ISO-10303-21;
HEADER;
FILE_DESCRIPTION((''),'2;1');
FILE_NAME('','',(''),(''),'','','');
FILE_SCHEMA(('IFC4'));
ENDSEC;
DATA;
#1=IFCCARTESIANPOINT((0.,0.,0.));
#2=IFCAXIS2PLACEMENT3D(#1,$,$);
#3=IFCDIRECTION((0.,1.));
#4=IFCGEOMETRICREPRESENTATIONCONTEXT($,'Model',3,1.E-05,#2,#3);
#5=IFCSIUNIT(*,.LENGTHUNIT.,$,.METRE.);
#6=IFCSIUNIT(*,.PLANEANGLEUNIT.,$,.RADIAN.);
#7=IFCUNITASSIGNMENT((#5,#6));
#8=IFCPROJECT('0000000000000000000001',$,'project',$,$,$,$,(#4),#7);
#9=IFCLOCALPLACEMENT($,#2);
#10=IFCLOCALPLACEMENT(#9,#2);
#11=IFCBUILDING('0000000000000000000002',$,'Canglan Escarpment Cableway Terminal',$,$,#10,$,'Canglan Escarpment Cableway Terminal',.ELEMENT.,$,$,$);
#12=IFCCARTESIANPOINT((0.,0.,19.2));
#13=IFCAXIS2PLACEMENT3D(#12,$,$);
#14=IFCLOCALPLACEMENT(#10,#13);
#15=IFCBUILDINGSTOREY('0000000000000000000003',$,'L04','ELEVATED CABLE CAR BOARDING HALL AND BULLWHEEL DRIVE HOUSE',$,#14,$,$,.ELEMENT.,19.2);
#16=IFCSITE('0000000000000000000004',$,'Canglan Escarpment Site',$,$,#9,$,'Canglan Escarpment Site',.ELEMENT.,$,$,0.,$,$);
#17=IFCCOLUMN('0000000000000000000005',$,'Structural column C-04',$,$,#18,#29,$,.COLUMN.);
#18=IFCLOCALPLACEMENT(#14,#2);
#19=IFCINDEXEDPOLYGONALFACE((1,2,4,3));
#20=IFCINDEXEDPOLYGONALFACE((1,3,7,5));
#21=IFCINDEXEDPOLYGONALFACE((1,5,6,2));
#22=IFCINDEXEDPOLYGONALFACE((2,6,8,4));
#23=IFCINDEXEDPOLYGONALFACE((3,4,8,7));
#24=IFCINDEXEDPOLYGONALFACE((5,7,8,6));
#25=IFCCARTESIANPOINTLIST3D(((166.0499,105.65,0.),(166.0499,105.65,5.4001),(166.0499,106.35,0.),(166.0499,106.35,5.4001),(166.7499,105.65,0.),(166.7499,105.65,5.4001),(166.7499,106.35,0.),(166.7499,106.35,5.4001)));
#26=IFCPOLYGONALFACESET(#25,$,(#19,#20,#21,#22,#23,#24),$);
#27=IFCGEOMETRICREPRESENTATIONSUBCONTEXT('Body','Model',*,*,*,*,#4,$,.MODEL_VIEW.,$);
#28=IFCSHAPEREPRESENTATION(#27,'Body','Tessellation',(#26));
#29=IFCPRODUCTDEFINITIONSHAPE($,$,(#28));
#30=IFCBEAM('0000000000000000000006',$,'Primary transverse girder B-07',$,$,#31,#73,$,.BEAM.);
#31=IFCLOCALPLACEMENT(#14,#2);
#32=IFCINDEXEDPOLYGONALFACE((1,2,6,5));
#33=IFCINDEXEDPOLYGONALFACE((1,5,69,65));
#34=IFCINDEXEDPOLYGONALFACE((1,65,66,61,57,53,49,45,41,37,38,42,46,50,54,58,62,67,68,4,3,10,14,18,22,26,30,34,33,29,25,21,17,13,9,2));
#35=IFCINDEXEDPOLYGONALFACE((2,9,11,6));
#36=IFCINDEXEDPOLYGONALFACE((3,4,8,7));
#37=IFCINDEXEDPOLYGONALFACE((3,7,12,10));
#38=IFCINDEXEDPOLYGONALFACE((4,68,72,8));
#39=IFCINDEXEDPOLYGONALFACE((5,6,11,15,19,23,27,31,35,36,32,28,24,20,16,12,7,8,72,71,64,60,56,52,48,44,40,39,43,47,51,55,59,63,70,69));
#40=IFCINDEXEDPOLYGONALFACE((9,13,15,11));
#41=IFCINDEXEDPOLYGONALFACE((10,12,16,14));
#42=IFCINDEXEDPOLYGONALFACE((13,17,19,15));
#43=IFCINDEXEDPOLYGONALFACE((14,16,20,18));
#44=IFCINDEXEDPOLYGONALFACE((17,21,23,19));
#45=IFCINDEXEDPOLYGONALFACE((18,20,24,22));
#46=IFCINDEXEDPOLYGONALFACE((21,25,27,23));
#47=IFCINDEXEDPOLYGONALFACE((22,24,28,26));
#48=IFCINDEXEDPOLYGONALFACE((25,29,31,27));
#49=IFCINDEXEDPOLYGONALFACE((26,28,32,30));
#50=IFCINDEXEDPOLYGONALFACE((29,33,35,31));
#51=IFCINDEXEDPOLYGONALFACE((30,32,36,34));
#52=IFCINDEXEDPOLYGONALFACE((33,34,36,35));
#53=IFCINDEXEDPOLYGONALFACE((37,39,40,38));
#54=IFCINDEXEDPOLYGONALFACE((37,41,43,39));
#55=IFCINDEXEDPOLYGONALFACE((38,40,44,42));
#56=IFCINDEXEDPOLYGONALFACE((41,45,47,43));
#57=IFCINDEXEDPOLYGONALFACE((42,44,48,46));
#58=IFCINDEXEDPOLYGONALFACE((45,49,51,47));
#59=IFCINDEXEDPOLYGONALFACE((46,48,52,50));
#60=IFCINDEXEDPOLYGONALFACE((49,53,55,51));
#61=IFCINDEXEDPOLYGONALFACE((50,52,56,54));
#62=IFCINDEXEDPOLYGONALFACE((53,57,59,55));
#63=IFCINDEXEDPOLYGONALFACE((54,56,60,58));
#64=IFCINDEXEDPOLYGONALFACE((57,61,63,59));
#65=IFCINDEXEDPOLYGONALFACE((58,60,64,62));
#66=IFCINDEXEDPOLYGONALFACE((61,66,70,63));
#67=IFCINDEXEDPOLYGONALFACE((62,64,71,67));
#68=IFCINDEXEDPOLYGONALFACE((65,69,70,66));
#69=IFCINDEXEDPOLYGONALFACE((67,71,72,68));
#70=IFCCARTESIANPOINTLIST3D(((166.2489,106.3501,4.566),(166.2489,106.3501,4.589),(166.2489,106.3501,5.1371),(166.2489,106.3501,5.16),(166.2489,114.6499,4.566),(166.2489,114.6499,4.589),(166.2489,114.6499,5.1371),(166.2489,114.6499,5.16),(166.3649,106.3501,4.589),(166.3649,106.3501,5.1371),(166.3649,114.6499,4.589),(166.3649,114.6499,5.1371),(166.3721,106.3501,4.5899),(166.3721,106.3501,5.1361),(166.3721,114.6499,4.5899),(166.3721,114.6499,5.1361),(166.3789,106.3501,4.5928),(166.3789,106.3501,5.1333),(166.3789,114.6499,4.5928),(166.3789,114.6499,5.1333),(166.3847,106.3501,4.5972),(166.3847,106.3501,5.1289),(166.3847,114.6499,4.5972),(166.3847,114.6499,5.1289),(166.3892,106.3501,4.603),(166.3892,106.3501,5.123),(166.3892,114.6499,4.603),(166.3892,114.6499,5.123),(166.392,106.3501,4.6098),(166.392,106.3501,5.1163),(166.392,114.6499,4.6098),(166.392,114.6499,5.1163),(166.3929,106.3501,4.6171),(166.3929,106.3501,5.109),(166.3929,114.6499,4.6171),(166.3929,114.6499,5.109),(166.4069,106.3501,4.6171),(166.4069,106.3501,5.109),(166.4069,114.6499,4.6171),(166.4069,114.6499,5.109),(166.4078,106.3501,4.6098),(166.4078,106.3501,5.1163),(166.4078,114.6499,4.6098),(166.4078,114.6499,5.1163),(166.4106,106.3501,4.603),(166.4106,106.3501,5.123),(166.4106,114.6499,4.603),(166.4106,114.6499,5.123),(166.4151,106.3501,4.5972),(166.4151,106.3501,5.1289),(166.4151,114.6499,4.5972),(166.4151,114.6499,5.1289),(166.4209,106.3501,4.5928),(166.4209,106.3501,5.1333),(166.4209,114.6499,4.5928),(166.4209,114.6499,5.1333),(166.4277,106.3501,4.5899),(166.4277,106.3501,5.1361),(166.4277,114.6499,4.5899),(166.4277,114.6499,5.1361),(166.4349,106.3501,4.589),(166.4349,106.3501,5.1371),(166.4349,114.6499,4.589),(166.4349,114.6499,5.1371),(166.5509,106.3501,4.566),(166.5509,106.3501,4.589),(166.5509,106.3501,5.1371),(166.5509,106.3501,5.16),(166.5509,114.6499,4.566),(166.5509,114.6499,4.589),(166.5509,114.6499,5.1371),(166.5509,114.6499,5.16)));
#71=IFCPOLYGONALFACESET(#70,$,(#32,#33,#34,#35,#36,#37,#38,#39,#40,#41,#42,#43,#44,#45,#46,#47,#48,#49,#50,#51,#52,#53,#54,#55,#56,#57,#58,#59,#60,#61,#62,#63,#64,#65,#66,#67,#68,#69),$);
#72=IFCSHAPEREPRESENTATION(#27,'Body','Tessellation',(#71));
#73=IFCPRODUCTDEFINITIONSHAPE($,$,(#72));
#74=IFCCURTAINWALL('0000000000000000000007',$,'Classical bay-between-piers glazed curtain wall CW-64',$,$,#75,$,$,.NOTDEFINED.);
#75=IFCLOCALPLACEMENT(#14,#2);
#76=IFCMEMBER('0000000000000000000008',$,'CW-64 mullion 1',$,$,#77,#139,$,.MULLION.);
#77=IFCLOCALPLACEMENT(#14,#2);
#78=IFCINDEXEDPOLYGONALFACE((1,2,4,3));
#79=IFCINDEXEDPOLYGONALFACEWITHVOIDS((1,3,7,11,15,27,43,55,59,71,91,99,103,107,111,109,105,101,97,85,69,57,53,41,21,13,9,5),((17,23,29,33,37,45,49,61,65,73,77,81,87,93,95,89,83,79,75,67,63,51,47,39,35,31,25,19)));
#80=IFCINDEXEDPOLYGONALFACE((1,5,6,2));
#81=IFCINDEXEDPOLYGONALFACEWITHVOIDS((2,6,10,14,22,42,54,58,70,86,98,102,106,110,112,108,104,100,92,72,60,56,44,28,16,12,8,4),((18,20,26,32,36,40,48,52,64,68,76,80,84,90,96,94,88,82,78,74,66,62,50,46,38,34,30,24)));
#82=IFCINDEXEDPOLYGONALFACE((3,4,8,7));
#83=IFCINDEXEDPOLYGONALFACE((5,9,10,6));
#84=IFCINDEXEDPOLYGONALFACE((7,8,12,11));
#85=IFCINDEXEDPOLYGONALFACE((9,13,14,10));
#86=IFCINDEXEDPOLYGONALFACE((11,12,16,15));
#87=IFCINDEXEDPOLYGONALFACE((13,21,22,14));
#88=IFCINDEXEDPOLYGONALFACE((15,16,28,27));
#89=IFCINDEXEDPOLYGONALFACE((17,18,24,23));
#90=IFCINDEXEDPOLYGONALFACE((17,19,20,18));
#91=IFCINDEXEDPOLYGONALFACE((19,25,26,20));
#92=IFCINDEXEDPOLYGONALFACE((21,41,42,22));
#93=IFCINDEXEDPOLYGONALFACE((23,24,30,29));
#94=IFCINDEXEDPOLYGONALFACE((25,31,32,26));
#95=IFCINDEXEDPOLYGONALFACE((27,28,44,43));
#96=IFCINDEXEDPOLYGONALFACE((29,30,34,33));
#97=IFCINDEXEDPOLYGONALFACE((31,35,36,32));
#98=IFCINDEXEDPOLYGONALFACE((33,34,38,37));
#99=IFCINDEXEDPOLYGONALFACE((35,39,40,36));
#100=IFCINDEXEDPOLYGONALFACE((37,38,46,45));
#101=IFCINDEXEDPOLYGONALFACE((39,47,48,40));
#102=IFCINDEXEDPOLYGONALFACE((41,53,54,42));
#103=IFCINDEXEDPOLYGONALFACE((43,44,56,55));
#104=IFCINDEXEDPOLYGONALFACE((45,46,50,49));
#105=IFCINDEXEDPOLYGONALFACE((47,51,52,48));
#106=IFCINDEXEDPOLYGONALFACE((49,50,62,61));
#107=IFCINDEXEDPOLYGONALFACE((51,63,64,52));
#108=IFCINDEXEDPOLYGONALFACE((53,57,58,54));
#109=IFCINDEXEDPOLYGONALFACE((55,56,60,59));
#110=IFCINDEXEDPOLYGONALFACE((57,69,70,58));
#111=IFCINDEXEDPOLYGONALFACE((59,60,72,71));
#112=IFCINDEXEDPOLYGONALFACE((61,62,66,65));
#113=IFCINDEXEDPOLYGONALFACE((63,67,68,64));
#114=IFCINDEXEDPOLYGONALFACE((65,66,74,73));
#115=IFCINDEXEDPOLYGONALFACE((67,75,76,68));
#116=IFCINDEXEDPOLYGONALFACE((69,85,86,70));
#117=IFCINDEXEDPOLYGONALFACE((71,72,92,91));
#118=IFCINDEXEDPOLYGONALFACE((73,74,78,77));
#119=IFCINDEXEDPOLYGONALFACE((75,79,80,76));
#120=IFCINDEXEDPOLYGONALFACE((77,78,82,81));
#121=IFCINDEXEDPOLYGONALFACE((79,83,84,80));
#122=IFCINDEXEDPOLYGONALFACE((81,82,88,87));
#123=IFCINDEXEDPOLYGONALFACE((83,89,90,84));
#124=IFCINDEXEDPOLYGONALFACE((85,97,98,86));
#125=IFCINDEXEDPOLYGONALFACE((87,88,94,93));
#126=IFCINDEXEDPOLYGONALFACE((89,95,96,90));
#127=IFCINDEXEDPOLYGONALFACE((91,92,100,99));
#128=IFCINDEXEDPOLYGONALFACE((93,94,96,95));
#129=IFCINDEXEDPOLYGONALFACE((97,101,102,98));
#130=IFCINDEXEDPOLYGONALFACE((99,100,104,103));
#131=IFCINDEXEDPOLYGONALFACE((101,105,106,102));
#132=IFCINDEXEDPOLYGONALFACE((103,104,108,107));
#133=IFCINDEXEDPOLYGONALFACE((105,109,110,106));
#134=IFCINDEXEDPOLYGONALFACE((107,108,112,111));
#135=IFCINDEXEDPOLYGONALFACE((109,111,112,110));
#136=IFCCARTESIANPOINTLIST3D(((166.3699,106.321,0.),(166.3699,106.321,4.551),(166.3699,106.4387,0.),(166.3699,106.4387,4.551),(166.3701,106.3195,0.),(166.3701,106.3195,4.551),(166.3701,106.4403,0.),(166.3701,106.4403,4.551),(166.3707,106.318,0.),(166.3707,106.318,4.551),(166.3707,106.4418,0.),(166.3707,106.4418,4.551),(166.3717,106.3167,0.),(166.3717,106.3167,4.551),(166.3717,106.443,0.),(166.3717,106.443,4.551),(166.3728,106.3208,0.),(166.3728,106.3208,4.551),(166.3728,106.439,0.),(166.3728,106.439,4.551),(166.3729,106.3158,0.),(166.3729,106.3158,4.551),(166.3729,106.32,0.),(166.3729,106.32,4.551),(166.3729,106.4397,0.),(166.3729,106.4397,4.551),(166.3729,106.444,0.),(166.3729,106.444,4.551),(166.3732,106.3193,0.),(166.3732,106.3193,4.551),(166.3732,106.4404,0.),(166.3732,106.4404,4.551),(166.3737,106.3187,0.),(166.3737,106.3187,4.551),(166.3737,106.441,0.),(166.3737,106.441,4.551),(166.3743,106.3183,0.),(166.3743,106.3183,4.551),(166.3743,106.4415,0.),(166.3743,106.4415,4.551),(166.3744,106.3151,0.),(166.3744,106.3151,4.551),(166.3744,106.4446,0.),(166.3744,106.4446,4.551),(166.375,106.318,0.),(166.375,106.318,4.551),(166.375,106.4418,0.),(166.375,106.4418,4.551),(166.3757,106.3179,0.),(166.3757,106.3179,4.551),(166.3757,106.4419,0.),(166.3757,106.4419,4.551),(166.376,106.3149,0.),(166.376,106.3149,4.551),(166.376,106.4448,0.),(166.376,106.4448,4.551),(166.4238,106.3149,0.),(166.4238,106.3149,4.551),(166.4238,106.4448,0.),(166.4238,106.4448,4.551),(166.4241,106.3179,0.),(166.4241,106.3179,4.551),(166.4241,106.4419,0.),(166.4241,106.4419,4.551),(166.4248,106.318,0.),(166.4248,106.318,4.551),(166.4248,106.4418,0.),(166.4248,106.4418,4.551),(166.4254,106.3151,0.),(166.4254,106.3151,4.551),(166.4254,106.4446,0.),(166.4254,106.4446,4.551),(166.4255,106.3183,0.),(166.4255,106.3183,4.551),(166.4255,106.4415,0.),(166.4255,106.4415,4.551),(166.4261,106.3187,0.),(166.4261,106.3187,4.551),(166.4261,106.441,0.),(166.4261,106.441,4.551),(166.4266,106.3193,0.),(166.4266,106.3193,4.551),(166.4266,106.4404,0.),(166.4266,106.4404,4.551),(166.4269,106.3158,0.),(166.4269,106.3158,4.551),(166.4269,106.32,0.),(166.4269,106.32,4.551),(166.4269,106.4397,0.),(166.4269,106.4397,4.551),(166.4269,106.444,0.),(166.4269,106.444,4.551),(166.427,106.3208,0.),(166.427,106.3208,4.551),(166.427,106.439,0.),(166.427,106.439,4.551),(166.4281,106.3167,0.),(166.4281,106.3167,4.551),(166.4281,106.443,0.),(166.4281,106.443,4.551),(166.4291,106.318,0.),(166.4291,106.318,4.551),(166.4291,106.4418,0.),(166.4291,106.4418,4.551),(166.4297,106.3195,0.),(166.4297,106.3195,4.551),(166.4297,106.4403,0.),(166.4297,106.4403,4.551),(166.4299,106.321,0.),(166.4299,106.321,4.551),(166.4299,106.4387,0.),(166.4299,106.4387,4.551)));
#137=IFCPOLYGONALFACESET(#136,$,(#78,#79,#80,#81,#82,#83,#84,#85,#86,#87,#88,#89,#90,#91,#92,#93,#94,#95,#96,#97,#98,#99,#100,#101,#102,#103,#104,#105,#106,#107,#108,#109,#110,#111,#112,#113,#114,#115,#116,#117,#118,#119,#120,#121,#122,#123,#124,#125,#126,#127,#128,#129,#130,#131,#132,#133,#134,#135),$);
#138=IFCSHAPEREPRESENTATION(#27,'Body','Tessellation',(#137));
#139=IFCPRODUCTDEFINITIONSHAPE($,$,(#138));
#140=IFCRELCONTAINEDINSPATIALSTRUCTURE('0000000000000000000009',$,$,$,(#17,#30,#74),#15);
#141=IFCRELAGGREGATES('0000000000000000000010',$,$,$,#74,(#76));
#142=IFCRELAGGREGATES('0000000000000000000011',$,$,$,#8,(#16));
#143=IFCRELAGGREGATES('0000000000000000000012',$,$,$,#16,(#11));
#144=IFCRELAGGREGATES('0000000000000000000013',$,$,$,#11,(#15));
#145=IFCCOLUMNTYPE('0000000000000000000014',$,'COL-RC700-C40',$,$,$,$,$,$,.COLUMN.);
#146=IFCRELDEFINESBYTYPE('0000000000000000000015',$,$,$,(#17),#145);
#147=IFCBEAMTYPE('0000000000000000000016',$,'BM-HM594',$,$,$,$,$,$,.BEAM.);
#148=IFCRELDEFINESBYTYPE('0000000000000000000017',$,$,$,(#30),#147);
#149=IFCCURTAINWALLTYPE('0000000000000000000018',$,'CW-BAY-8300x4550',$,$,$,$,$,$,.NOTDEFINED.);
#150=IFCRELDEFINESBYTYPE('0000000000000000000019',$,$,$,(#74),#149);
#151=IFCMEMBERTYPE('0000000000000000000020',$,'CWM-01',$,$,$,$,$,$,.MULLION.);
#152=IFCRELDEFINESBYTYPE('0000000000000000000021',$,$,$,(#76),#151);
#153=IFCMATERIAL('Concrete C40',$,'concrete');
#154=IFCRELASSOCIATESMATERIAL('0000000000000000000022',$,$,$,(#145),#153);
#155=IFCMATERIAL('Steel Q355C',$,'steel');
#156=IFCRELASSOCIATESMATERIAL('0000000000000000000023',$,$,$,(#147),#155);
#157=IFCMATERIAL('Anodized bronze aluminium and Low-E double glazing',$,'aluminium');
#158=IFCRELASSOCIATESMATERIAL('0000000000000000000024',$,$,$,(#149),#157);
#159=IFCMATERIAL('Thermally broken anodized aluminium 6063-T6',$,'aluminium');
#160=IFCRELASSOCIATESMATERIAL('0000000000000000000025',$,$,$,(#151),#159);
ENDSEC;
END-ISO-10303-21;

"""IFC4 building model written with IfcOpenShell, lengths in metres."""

from ifc_helpers import new_model, si_unit, direction, frame, origin, origin_2d, place, context, subcontext, project, spatial, rectangle, hollow_rectangle, i_section, extrude, material, material_profile, profile_set, type_object, element, aggregate, save


model = new_model("IFC4")

# Units and contexts
model_context = context("Model", 3, precision=1e-05, world=origin(), true_north=direction((0.0, 1.0)))
body_context = subcontext(model_context, "Body", "Model", "MODEL_VIEW")
ifc_project = project(units=[si_unit("LENGTHUNIT", "METRE"), si_unit("PLANEANGLEUNIT", "RADIAN")], contexts=[model_context])

# Site, building, storey
site_placement = place(None, origin())
site = spatial("IfcSite", under=ifc_project, at=site_placement, Name="Canglan Escarpment Site", LongName="Canglan Escarpment Site", CompositionType="ELEMENT", RefElevation=0.0)
building_placement = place(site_placement, origin())
building = spatial("IfcBuilding", under=site, at=building_placement, Name="Canglan Escarpment Cableway Terminal", LongName="Canglan Escarpment Cableway Terminal", CompositionType="ELEMENT")
storey_placement = place(building_placement, frame((0.0, 0.0, 19.2)))
storey = spatial("IfcBuildingStorey", under=building, at=storey_placement, Name="L04", Description="ELEVATED CABLE CAR BOARDING HALL AND BULLWHEEL DRIVE HOUSE", CompositionType="ELEMENT", Elevation=19.2)

# Column
ifc_material_1 = material(Name="Concrete C40", Category="concrete")
ifc_material_profile_1 = material_profile(ifc_material_1, rectangle(XDim=0.7, YDim=0.7, at=origin_2d()), Name="RC 700x700")
ifc_profile_set_1 = profile_set([ifc_material_profile_1], Name="Concrete C40")
column_type = type_object("IfcColumnType", Name="COL-RC700-C40", PredefinedType="COLUMN", material=ifc_profile_set_1)
column_placement = place(storey_placement, frame((166.3999, 106.0, 0.0), z_axis=(0.0, 0.0, 1.0), x_axis=(1.0, 0.0, 0.0)))
element("IfcColumn", 1, at=column_placement, inside=storey, type_object=column_type, Name="Structural column C-04", PredefinedType="COLUMN", context=body_context, shape_type="SweptSolid", body=[
    extrude(rectangle(XDim=0.7, YDim=0.7, at=origin_2d()), origin(), (0.0, 0.0, 1.0), 5.4001),
])

# Beam
ifc_material_2 = material(Name="Steel Q355C", Category="steel")
ifc_material_profile_2 = material_profile(ifc_material_2, i_section(OverallWidth=0.302, OverallDepth=0.594, WebThickness=0.0139, FlangeThickness=0.0229, FilletRadius=0.0281, at=origin_2d()), Name="HM 594x302x14x23")
ifc_profile_set_2 = profile_set([ifc_material_profile_2], Name="Steel Q355C")
beam_type = type_object("IfcBeamType", Name="BM-HM594", PredefinedType="BEAM", material=ifc_profile_set_2)
beam_placement = place(storey_placement, frame((166.3999, 106.3501, 4.863), z_axis=(0.0, 1.0, 0.0), x_axis=(-1.0, 0.0, 0.0)))
element("IfcBeam", 2, at=beam_placement, inside=storey, type_object=beam_type, Name="Primary transverse girder B-07", PredefinedType="BEAM", context=body_context, shape_type="SweptSolid", body=[
    extrude(i_section(OverallWidth=0.302, OverallDepth=0.594, WebThickness=0.0139, FlangeThickness=0.0229, FilletRadius=0.0281, at=origin_2d()), origin(), (0.0, 0.0, 1.0), 8.2998),
])

# Curtain wall, member
ifc_material_3 = material(Name="Anodized bronze aluminium and Low-E double glazing", Category="aluminium")
curtain_wall_type = type_object("IfcCurtainWallType", Name="CW-BAY-8300x4550", PredefinedType="NOTDEFINED", material=ifc_material_3)
curtain_wall_1_placement = place(storey_placement, origin())
curtain_wall_1 = element("IfcCurtainWall", 3, at=curtain_wall_1_placement, inside=storey, type_object=curtain_wall_type, Name="Classical bay-between-piers glazed curtain wall CW-64", PredefinedType="NOTDEFINED")
ifc_material_4 = material(Name="Thermally broken anodized aluminium 6063-T6", Category="aluminium")
ifc_material_profile_3 = material_profile(ifc_material_4, hollow_rectangle(XDim=0.0601, YDim=0.1299, WallThickness=0.0029, InnerFilletRadius=0.0029, OuterFilletRadius=0.0061, at=origin_2d()), Name="ALU-MULL 60x130x3")
ifc_profile_set_3 = profile_set([ifc_material_profile_3], Name="Thermally broken anodized aluminium 6063-T6")
member_type_1 = type_object("IfcMemberType", Name="CWM-01", PredefinedType="MULLION", material=ifc_profile_set_3)
member_1_placement = place(storey_placement, frame((166.3999, 106.3799, 0.0), z_axis=(0.0, 0.0, 1.0), x_axis=(-1.0, 0.0, 0.0)))
member_1 = element("IfcMember", 4, at=member_1_placement, type_object=member_type_1, Name="CW-64 mullion 1", PredefinedType="MULLION", context=body_context, shape_type="SweptSolid", body=[
    extrude(hollow_rectangle(XDim=0.0601, YDim=0.1299, WallThickness=0.0029, InnerFilletRadius=0.0029, OuterFilletRadius=0.0061, at=origin_2d()), origin(), (0.0, 0.0, 1.0), 4.551),
])

aggregate(curtain_wall_1, [member_1])

save(model, "model.ifc")
